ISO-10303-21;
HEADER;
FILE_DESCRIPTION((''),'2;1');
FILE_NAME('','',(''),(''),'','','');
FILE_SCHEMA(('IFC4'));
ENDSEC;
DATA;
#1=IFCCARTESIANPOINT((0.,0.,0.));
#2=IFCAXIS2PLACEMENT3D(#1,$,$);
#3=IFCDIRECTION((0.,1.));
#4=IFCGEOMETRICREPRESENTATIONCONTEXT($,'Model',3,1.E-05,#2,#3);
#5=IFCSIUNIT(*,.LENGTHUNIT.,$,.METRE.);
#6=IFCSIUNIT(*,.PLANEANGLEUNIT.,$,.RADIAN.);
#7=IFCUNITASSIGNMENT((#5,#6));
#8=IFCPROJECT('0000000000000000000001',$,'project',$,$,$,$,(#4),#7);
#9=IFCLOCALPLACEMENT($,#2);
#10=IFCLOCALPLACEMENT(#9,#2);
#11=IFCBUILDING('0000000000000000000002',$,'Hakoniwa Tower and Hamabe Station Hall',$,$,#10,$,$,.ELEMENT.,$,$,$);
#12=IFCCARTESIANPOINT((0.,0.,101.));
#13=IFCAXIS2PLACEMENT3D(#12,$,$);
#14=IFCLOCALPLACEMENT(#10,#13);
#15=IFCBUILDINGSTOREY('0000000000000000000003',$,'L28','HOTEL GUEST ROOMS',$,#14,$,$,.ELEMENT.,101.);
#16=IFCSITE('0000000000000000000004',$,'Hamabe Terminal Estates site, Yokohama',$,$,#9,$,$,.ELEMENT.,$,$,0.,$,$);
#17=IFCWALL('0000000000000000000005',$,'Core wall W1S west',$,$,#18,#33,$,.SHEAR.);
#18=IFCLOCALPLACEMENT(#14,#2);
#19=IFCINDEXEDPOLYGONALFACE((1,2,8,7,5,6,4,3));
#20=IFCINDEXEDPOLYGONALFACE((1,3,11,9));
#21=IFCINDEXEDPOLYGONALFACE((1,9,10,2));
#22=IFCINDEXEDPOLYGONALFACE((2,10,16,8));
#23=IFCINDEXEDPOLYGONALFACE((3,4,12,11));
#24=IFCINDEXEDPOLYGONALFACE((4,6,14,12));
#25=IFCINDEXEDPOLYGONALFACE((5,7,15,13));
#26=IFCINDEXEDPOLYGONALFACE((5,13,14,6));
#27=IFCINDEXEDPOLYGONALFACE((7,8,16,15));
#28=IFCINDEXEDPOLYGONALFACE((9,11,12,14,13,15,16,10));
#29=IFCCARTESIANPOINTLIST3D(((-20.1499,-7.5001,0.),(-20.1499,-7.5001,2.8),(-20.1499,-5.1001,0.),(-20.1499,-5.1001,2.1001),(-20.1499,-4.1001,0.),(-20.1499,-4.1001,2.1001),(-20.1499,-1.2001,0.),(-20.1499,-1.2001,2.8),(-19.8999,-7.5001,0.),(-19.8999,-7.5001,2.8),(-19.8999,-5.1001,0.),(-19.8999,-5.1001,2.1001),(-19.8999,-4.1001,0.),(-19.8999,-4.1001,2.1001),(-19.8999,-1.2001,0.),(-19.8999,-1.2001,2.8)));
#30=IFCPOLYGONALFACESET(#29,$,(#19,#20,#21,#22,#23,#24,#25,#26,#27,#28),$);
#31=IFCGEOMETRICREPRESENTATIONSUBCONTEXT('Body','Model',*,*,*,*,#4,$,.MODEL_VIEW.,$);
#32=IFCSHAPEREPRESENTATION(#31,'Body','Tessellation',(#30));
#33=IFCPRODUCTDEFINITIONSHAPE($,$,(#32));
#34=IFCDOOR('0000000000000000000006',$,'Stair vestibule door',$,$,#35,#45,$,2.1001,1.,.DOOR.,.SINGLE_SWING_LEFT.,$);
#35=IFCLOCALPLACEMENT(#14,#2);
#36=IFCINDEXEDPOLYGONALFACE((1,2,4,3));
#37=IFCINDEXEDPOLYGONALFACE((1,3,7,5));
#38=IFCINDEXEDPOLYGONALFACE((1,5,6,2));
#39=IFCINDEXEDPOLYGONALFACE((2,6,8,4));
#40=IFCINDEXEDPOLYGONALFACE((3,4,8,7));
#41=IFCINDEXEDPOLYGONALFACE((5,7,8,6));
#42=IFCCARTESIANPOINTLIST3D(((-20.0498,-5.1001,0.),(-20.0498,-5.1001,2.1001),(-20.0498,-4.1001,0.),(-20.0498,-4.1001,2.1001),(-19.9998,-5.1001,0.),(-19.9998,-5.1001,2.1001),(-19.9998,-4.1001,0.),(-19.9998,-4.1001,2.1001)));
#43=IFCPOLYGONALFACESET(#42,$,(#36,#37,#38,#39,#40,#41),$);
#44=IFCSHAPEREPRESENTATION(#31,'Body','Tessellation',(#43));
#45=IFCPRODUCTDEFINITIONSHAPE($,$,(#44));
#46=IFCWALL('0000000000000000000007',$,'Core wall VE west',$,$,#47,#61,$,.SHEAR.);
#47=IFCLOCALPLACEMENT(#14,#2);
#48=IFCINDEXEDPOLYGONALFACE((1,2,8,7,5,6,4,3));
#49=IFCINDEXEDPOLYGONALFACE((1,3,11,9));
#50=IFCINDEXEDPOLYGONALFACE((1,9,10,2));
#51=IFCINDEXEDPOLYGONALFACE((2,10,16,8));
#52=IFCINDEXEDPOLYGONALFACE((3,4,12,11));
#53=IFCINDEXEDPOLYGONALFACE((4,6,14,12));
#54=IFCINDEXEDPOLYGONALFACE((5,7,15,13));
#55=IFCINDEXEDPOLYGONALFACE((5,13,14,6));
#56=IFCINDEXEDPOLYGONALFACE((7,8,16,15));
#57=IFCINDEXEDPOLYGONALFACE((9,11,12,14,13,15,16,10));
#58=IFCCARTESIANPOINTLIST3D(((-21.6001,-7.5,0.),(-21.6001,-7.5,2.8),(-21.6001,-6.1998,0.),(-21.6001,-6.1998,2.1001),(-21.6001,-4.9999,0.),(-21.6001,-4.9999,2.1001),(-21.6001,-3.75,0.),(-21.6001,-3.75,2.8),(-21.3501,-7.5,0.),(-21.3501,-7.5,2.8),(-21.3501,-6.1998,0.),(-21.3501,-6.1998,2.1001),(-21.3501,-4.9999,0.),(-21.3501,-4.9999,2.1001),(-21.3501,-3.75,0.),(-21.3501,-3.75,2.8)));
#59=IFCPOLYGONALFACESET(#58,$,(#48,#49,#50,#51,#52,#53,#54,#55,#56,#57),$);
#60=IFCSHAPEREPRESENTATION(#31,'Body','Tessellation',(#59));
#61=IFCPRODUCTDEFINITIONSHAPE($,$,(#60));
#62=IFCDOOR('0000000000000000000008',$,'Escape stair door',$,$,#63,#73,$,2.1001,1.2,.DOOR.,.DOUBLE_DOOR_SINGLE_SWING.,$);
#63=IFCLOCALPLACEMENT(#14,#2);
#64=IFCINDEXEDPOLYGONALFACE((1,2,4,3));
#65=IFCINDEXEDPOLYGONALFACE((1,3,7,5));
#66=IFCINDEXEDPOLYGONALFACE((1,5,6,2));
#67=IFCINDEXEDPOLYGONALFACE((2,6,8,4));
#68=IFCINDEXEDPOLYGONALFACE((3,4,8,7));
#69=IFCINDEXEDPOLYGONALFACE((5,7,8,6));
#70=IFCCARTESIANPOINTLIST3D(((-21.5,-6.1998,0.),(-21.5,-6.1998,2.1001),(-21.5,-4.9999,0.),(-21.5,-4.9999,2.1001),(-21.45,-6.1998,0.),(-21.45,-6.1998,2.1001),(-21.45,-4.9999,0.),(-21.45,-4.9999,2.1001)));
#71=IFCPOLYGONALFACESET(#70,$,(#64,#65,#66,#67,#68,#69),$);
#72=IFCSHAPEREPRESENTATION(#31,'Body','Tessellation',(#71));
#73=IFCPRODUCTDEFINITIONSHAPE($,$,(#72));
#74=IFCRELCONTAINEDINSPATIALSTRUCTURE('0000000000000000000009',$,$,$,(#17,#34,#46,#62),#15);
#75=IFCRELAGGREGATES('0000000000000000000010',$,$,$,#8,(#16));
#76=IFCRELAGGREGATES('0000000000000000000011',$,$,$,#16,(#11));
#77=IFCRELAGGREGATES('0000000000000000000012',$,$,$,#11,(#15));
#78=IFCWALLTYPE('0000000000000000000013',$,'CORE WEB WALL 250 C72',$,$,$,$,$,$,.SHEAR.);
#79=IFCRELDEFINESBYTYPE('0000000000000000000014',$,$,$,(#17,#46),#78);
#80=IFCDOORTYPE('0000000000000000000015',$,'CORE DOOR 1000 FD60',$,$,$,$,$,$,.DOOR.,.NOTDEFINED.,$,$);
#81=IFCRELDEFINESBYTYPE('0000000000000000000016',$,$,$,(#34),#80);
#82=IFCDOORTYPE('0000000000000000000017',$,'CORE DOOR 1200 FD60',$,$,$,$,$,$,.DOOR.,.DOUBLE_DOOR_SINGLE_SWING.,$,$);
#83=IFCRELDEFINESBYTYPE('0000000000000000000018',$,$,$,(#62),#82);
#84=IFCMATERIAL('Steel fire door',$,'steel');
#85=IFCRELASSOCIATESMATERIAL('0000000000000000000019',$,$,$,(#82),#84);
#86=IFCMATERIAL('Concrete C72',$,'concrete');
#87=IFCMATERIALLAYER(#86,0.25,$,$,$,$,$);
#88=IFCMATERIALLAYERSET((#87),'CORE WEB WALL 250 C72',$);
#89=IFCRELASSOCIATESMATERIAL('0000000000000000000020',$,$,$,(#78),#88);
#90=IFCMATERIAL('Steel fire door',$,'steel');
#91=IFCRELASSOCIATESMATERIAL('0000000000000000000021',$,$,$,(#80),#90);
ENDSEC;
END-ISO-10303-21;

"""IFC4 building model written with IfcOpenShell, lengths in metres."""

from ifc_helpers import new_model, si_unit, direction, frame, frame_2d, origin, place, context, subcontext, project, spatial, rectangle, extrude, material, layer, layer_set, type_object, element, fill, save


model = new_model("IFC4")

# Units and contexts
model_context = context("Model", 3, precision=1e-05, world=origin(), true_north=direction((0.0, 1.0)))
body_context = subcontext(model_context, "Body", "Model", "MODEL_VIEW")
ifc_project = project(units=[si_unit("LENGTHUNIT", "METRE"), si_unit("PLANEANGLEUNIT", "RADIAN")], contexts=[model_context])

# Site, building, storey
site_placement = place(None, origin())
site = spatial("IfcSite", under=ifc_project, at=site_placement, Name="Hamabe Terminal Estates site, Yokohama", CompositionType="ELEMENT", RefElevation=0.0)
building_placement = place(site_placement, origin())
building = spatial("IfcBuilding", under=site, at=building_placement, Name="Hakoniwa Tower and Hamabe Station Hall", CompositionType="ELEMENT")
storey_placement = place(building_placement, frame((0.0, 0.0, 101.0)))
storey = spatial("IfcBuildingStorey", under=building, at=storey_placement, Name="L28", Description="HOTEL GUEST ROOMS", CompositionType="ELEMENT", Elevation=101.0)

# Walls, openings, doors
ifc_material_1 = material(Name="Steel fire door", Category="steel")
door_type_1 = type_object("IfcDoorType", Name="CORE DOOR 1200 FD60", OperationType="DOUBLE_DOOR_SINGLE_SWING", PredefinedType="DOOR", material=ifc_material_1)
ifc_material_2 = material(Name="Concrete C72", Category="concrete")
ifc_layer_1 = layer(ifc_material_2, 0.25)
ifc_layer_set_1 = layer_set([ifc_layer_1], Name="CORE WEB WALL 250 C72")
wall_type_1 = type_object("IfcWallType", Name="CORE WEB WALL 250 C72", PredefinedType="SHEAR", material=ifc_layer_set_1)
wall_1_placement = place(storey_placement, frame((-20.0249, -7.5, 0.0), z_axis=(0.0, 0.0, 1.0), x_axis=(0.0, 1.0, 0.0)))
wall_1 = element("IfcWall", 1, at=wall_1_placement, inside=storey, type_object=wall_type_1, Name="Core wall W1S west", PredefinedType="SHEAR", context=body_context, shape_type="SweptSolid", body=[
    extrude(rectangle(XDim=6.3, YDim=0.25, at=frame_2d((3.1499, 0.0))), origin(), (0.0, 0.0, 1.0), 2.8),
])
opening_1_placement = place(wall_1_placement, frame((2.3999, 0.0, 0.0)))
opening_1 = element("IfcOpeningElement", 2, at=opening_1_placement, cuts=wall_1, PredefinedType="OPENING", context=body_context, shape_type="SweptSolid", body=[
    extrude(rectangle(XDim=1.0, YDim=2.1001, at=frame_2d((0.5, 1.05))), frame((0.0, 0.135, 0.0), z_axis=(0.0, -1.0, 0.0), x_axis=(1.0, 0.0, 0.0)), (0.0, 0.0, 1.0), 0.27),
])
ifc_material_3 = material(Name="Steel fire door", Category="steel")
door_type_2 = type_object("IfcDoorType", Name="CORE DOOR 1000 FD60", OperationType="NOTDEFINED", PredefinedType="DOOR", material=ifc_material_3)
door_1_placement = place(opening_1_placement, origin())
door_1 = element("IfcDoor", 3, at=door_1_placement, inside=storey, type_object=door_type_2, Name="Stair vestibule door", OperationType="SINGLE_SWING_LEFT", OverallHeight=2.1001, OverallWidth=1.0, PredefinedType="DOOR", context=body_context, shape_type="SweptSolid", body=[
    extrude(rectangle(XDim=1.0, YDim=2.1001, at=frame_2d((0.5, 1.05))), frame((0.0, 0.0249, 0.0), z_axis=(0.0, -1.0, 0.0), x_axis=(1.0, 0.0, 0.0)), (0.0, 0.0, 1.0), 0.05),
])
fill(opening_1, door_1)
wall_2_placement = place(storey_placement, frame((-21.4751, -7.5, 0.0), z_axis=(0.0, 0.0, 1.0), x_axis=(0.0, 1.0, 0.0)))
wall_2 = element("IfcWall", 4, at=wall_2_placement, inside=storey, type_object=wall_type_1, Name="Core wall VE west", PredefinedType="SHEAR", context=body_context, shape_type="SweptSolid", body=[
    extrude(rectangle(XDim=3.75, YDim=0.25, at=frame_2d((1.875, 0.0))), origin(), (0.0, 0.0, 1.0), 2.8),
])
opening_2_placement = place(wall_2_placement, frame((1.3, 0.0, 0.0)))
opening_2 = element("IfcOpeningElement", 5, at=opening_2_placement, cuts=wall_2, PredefinedType="OPENING", context=body_context, shape_type="SweptSolid", body=[
    extrude(rectangle(XDim=1.2, YDim=2.1001, at=frame_2d((0.6001, 1.05))), frame((0.0, 0.135, 0.0), z_axis=(0.0, -1.0, 0.0), x_axis=(1.0, 0.0, 0.0)), (0.0, 0.0, 1.0), 0.27),
])
door_2_placement = place(opening_2_placement, origin())
door_2 = element("IfcDoor", 6, at=door_2_placement, inside=storey, type_object=door_type_1, Name="Escape stair door", OperationType="DOUBLE_DOOR_SINGLE_SWING", OverallHeight=2.1001, OverallWidth=1.2, PredefinedType="DOOR", context=body_context, shape_type="SweptSolid", body=[
    extrude(rectangle(XDim=1.2, YDim=2.1001, at=frame_2d((0.6001, 1.05))), frame((0.0, 0.0249, 0.0), z_axis=(0.0, -1.0, 0.0), x_axis=(1.0, 0.0, 0.0)), (0.0, 0.0, 1.0), 0.05),
])
fill(opening_2, door_2)

save(model, "model.ifc")
